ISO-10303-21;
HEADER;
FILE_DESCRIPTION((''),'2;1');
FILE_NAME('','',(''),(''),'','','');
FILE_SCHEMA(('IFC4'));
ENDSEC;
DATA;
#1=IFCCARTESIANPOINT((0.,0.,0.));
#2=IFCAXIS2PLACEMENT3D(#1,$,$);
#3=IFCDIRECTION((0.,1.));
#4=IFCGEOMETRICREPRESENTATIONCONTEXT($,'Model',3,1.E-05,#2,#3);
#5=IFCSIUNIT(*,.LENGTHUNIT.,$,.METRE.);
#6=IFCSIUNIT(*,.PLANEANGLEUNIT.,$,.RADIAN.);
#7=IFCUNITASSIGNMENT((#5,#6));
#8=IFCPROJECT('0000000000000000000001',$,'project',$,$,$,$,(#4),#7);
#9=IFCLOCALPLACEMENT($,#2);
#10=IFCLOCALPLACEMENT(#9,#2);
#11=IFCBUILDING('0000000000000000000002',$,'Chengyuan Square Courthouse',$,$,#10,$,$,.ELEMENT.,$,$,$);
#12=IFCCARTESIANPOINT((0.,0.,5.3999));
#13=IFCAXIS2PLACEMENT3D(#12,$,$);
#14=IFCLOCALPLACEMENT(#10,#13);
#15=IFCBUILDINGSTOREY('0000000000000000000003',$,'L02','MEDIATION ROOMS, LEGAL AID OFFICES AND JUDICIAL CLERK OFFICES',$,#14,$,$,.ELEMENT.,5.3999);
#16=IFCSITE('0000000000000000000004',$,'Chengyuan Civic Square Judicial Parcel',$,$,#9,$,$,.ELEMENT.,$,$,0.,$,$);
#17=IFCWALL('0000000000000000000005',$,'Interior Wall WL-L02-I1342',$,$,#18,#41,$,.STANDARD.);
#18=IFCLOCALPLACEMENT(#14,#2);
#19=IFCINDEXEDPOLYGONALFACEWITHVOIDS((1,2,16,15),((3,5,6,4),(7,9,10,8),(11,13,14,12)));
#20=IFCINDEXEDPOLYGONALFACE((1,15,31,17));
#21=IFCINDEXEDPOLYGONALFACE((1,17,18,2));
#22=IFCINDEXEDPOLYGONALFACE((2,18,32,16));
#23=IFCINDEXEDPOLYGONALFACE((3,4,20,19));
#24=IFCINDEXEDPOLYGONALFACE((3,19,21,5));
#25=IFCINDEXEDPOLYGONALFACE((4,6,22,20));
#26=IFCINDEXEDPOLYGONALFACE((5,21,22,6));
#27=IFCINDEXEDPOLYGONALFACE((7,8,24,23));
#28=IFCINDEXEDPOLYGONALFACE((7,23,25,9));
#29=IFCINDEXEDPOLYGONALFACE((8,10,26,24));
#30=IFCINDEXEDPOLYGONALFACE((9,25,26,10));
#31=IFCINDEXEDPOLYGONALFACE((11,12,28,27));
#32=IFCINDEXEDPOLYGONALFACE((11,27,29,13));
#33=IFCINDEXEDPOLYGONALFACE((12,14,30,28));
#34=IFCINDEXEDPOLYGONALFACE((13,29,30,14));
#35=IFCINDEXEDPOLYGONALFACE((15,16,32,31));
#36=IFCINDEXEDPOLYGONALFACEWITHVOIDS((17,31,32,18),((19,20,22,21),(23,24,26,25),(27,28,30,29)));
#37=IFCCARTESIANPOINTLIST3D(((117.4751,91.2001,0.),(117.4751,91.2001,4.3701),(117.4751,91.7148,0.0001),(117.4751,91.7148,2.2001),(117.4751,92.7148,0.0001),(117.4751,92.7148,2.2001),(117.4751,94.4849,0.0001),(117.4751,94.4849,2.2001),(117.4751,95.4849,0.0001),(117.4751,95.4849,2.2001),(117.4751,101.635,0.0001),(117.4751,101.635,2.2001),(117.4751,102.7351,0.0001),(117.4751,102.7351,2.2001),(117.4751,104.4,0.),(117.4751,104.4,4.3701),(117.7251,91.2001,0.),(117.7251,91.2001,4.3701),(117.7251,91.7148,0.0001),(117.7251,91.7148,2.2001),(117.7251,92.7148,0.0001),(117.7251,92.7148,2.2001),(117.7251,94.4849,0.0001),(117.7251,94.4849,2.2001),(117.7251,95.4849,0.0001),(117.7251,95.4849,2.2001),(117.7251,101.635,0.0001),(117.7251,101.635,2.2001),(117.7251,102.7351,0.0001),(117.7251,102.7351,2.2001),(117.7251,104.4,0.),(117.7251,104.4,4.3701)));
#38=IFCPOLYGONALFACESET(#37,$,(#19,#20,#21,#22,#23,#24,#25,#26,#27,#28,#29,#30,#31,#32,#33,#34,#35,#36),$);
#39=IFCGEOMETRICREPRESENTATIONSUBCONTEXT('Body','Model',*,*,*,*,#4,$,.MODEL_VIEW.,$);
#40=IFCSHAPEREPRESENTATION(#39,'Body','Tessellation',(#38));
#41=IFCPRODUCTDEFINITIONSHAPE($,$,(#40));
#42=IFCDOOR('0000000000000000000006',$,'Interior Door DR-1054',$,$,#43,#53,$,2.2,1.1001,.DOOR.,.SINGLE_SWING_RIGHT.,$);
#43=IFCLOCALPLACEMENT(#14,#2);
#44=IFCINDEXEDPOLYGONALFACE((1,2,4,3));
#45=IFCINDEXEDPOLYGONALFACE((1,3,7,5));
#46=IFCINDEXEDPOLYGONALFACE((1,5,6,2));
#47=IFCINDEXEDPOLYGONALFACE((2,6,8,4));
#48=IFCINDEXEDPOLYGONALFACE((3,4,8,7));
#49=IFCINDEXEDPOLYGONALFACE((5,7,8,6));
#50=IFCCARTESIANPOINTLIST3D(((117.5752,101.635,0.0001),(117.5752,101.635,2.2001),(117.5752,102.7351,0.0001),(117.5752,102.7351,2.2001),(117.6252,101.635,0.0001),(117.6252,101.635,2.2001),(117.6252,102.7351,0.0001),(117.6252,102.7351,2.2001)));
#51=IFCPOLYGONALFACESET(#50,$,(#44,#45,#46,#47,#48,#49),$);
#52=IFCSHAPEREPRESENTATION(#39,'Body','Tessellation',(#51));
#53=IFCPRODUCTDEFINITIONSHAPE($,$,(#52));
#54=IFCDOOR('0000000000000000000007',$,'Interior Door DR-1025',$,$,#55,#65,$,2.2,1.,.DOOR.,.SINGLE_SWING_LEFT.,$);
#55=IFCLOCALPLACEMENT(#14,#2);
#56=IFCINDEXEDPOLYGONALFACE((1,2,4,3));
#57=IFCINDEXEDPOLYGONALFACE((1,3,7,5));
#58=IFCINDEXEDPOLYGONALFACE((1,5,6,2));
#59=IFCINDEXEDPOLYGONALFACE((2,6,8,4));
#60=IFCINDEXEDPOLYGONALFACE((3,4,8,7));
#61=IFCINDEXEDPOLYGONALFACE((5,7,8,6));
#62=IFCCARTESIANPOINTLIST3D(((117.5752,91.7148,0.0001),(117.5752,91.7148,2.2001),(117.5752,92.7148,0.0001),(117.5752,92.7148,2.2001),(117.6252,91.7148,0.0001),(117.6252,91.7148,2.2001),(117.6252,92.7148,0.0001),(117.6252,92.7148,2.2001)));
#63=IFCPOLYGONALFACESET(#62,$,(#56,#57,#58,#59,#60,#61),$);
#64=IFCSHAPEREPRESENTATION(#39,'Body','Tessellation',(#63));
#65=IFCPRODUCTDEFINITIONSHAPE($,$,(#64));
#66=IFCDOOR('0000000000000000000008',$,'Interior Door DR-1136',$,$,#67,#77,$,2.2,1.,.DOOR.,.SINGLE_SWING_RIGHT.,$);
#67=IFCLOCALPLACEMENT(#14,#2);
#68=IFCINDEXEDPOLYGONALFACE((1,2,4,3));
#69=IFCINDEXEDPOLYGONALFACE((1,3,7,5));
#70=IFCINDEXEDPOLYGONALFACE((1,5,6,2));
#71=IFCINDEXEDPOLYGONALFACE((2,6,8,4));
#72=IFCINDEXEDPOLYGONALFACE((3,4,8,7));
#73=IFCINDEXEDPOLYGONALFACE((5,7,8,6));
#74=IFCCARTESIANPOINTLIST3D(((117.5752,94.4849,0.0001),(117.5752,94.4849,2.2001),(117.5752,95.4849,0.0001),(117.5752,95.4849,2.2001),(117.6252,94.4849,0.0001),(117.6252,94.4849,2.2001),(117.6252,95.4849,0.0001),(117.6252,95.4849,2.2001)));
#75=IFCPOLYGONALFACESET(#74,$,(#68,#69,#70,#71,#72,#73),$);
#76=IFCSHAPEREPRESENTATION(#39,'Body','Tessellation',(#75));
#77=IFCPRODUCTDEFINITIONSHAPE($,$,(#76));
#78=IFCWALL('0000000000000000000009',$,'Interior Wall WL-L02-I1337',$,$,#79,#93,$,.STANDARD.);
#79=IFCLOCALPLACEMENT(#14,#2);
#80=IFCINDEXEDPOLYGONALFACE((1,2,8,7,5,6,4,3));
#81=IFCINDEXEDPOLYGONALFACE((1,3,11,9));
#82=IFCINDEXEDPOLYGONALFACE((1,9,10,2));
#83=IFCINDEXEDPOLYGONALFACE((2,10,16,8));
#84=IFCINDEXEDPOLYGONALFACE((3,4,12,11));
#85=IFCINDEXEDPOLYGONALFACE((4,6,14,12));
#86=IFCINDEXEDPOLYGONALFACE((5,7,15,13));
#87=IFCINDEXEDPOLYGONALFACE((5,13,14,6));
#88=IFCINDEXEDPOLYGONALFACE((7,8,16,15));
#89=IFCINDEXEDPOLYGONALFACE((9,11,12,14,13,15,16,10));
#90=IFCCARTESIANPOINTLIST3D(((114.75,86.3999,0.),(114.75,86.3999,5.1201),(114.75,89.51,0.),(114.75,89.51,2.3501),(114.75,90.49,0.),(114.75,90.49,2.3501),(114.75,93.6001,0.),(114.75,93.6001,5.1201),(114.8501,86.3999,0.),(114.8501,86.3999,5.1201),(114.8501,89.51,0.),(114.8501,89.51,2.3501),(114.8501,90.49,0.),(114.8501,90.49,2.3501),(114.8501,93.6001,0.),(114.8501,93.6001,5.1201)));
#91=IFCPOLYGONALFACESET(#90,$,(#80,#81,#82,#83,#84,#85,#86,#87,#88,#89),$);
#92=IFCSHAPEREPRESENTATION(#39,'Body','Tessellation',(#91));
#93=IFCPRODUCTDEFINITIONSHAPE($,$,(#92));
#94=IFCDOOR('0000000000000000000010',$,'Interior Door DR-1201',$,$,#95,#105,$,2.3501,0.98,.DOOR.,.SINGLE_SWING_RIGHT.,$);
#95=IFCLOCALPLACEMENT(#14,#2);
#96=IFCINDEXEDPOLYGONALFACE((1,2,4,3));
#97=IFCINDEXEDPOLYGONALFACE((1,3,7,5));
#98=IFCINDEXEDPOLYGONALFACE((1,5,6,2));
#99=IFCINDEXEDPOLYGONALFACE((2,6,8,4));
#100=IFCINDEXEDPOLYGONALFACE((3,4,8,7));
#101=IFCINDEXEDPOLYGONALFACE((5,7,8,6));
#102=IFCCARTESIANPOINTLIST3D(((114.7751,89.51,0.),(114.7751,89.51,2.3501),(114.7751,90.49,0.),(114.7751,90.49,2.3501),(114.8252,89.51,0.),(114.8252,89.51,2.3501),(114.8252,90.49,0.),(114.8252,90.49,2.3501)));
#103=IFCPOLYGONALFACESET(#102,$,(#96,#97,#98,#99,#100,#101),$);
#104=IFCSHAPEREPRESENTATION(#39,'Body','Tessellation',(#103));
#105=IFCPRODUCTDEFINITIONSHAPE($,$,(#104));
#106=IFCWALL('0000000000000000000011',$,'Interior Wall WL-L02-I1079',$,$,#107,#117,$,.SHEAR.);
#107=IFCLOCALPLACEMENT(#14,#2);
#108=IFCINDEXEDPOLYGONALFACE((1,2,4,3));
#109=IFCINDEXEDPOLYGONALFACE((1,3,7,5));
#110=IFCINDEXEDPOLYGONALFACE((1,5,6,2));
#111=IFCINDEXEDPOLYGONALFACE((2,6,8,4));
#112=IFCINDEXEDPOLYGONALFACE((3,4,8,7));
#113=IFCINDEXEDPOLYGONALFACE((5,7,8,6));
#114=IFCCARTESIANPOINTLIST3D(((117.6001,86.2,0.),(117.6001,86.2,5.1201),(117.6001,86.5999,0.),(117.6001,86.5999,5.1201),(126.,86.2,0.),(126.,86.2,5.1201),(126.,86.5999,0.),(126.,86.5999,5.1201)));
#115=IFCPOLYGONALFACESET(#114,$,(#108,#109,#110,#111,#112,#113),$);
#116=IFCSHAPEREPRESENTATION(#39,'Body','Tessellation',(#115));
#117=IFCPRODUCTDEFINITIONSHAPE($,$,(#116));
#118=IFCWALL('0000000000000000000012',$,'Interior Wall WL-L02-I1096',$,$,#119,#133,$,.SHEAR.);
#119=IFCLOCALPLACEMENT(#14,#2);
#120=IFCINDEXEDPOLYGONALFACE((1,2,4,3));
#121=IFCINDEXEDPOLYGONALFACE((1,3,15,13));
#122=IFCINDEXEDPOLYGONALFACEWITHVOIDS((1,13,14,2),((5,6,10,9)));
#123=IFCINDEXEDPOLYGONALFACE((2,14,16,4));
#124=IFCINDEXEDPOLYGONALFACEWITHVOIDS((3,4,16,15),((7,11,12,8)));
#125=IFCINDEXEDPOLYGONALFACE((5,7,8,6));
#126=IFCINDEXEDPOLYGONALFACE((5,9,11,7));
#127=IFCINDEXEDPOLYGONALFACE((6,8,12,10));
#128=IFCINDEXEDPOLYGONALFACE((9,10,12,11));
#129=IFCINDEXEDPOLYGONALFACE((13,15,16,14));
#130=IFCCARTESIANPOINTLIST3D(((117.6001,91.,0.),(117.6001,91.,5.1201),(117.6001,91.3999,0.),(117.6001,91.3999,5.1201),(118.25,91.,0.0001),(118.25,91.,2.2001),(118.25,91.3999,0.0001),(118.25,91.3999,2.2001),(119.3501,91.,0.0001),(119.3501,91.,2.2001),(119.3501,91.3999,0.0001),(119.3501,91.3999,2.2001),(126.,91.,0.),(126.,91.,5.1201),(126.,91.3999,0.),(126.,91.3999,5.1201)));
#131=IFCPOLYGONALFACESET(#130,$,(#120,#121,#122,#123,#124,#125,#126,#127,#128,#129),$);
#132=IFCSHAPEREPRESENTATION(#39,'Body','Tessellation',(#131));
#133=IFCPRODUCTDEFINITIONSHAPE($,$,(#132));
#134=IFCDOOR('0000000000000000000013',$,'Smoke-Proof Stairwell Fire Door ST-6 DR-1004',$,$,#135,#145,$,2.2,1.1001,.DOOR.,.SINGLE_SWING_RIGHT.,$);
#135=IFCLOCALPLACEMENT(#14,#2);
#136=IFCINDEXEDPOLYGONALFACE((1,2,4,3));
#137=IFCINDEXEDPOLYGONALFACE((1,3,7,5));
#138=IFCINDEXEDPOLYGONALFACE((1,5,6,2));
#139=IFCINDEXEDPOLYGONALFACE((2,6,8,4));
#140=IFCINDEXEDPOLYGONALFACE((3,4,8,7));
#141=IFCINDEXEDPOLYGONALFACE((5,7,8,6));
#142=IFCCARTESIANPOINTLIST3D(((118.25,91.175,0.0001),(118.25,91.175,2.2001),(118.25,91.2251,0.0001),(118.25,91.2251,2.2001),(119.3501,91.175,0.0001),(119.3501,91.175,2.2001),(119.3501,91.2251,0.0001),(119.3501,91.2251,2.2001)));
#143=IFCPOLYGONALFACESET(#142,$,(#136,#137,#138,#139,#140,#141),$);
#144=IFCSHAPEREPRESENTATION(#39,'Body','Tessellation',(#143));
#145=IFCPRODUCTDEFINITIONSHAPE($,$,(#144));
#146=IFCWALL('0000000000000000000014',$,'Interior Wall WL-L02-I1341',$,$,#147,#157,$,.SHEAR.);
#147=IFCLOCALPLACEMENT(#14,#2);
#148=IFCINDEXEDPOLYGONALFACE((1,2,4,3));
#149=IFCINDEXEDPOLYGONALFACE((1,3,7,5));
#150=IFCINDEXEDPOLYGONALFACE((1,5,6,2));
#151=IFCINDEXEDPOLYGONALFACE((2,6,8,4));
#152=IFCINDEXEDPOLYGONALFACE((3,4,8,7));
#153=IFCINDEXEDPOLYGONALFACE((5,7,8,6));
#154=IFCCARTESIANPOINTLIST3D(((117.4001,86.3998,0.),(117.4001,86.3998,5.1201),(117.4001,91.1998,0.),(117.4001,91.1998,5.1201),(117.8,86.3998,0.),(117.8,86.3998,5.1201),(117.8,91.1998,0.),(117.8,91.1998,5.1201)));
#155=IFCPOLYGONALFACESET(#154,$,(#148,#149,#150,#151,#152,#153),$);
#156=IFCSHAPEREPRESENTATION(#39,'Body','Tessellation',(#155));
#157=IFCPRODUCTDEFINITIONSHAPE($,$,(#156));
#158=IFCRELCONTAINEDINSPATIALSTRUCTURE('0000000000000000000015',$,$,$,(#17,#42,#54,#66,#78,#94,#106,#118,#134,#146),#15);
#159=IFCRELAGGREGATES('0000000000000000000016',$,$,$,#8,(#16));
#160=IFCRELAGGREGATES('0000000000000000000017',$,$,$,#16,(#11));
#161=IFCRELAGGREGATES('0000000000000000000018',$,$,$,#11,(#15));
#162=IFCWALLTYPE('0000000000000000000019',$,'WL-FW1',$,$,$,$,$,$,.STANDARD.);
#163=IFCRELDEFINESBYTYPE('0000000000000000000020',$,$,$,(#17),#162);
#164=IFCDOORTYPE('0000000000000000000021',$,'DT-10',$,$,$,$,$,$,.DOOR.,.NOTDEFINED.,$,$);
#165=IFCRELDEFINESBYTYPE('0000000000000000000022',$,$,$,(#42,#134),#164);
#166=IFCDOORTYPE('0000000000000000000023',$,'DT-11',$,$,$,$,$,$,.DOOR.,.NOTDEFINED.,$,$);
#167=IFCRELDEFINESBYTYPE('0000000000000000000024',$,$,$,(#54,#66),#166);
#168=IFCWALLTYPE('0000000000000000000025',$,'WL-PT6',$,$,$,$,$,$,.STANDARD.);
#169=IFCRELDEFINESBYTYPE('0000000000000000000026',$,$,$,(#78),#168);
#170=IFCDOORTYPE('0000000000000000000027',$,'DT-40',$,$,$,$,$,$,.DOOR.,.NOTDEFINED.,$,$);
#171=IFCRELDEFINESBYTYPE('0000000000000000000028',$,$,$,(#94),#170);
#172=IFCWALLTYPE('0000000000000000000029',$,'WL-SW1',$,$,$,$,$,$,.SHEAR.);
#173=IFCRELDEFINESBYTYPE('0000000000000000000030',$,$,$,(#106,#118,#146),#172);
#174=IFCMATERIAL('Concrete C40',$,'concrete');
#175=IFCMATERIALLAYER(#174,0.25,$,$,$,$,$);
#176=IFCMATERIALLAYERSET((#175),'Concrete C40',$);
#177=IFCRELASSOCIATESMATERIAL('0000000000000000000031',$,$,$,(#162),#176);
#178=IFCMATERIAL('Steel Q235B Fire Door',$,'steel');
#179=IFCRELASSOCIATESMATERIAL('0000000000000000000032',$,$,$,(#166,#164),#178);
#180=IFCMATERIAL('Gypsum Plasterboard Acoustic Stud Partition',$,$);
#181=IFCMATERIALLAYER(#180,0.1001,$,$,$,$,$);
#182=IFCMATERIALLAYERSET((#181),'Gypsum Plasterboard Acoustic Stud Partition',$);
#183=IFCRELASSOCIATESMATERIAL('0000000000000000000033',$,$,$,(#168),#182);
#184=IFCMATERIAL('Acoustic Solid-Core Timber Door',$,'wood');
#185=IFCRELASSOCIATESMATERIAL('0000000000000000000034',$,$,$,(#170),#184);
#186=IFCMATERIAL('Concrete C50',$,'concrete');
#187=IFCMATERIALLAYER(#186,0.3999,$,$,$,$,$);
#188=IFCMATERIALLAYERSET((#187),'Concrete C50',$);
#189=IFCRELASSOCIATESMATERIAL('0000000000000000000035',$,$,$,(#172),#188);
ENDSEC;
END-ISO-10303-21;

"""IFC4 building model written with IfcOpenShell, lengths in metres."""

from ifc_helpers import new_model, si_unit, direction, frame, frame_2d, origin, place, context, subcontext, project, spatial, rectangle, extrude, material, layer, layer_set, type_object, element, fill, save


model = new_model("IFC4")

# Units and contexts
model_context = context("Model", 3, precision=1e-05, world=origin(), true_north=direction((0.0, 1.0)))
body_context = subcontext(model_context, "Body", "Model", "MODEL_VIEW")
ifc_project = project(units=[si_unit("LENGTHUNIT", "METRE"), si_unit("PLANEANGLEUNIT", "RADIAN")], contexts=[model_context])

# Site, building, storey
site_placement = place(None, origin())
site = spatial("IfcSite", under=ifc_project, at=site_placement, Name="Chengyuan Civic Square Judicial Parcel", CompositionType="ELEMENT", RefElevation=0.0)
building_placement = place(site_placement, origin())
building = spatial("IfcBuilding", under=site, at=building_placement, Name="Chengyuan Square Courthouse", CompositionType="ELEMENT")
storey_placement = place(building_placement, frame((0.0, 0.0, 5.3999)))
storey = spatial("IfcBuildingStorey", under=building, at=storey_placement, Name="L02", Description="MEDIATION ROOMS, LEGAL AID OFFICES AND JUDICIAL CLERK OFFICES", CompositionType="ELEMENT", Elevation=5.3999)

# Shared definitions
ifc_material_1 = material(Name="Concrete C50", Category="concrete")

# Shared definitions
ifc_material_2 = material(Name="Concrete C40", Category="concrete")

# Shared definitions
ifc_layer_1 = layer(ifc_material_2, 0.25)
ifc_layer_set_1 = layer_set([ifc_layer_1], Name="Concrete C40")
wall_type_1 = type_object("IfcWallType", Name="WL-FW1", PredefinedType="STANDARD", material=ifc_layer_set_1)
ifc_material_3 = material(Name="Steel Q235B Fire Door", Category="steel")
door_type_1 = type_object("IfcDoorType", Name="DT-11", OperationType="NOTDEFINED", PredefinedType="DOOR", material=ifc_material_3)

# Wall, openings, doors
wall_1_placement = place(storey_placement, frame((117.6001, 91.2, 0.0), z_axis=(0.0, 0.0, 1.0), x_axis=(0.0, 1.0, 0.0)))
wall_1 = element("IfcWall", 1, at=wall_1_placement, inside=storey, type_object=wall_type_1, Name="Interior Wall WL-L02-I1342", PredefinedType="STANDARD", context=body_context, shape_type="SweptSolid", body=[
    extrude(rectangle(XDim=13.2, YDim=0.25, at=frame_2d((6.6001, 0.0))), origin(), (0.0, 0.0, 1.0), 4.3701),
])
opening_1_placement = place(wall_1_placement, frame((0.5149, 0.0, 0.0)))
opening_1 = element("IfcOpeningElement", 2, at=opening_1_placement, cuts=wall_1, PredefinedType="OPENING", context=body_context, shape_type="SweptSolid", body=[
    extrude(rectangle(XDim=1.0, YDim=2.2, at=frame_2d((0.5, 1.1001))), frame((0.0, 0.137, 0.0), z_axis=(0.0, -1.0, 0.0), x_axis=(1.0, 0.0, 0.0)), (0.0, 0.0, 1.0), 0.2739),
])
opening_2_placement = place(wall_1_placement, frame((10.4351, 0.0, 0.0)))
opening_2 = element("IfcOpeningElement", 3, at=opening_2_placement, cuts=wall_1, PredefinedType="OPENING", context=body_context, shape_type="SweptSolid", body=[
    extrude(rectangle(XDim=1.1001, YDim=2.2, at=frame_2d((0.55, 1.1001))), frame((0.0, 0.137, 0.0), z_axis=(0.0, -1.0, 0.0), x_axis=(1.0, 0.0, 0.0)), (0.0, 0.0, 1.0), 0.2739),
])
opening_3_placement = place(wall_1_placement, frame((3.2849, 0.0, 0.0)))
opening_3 = element("IfcOpeningElement", 4, at=opening_3_placement, cuts=wall_1, PredefinedType="OPENING", context=body_context, shape_type="SweptSolid", body=[
    extrude(rectangle(XDim=1.0, YDim=2.2, at=frame_2d((0.5, 1.1001))), frame((0.0, 0.137, 0.0), z_axis=(0.0, -1.0, 0.0), x_axis=(1.0, 0.0, 0.0)), (0.0, 0.0, 1.0), 0.2739),
])
door_type_2 = type_object("IfcDoorType", Name="DT-10", OperationType="NOTDEFINED", PredefinedType="DOOR", material=ifc_material_3)
door_1_placement = place(opening_2_placement, origin())
door_1 = element("IfcDoor", 5, at=door_1_placement, inside=storey, type_object=door_type_2, Name="Interior Door DR-1054", OperationType="SINGLE_SWING_RIGHT", OverallHeight=2.2, OverallWidth=1.1001, PredefinedType="DOOR", context=body_context, shape_type="SweptSolid", body=[
    extrude(rectangle(XDim=1.1001, YDim=2.2, at=frame_2d((0.55, 1.1001))), frame((0.0, 0.0249, 0.0), z_axis=(0.0, -1.0, 0.0), x_axis=(1.0, 0.0, 0.0)), (0.0, 0.0, 1.0), 0.05),
])
fill(opening_2, door_1)
door_2_placement = place(opening_1_placement, origin())
door_2 = element("IfcDoor", 6, at=door_2_placement, inside=storey, type_object=door_type_1, Name="Interior Door DR-1025", OperationType="SINGLE_SWING_LEFT", OverallHeight=2.2, OverallWidth=1.0, PredefinedType="DOOR", context=body_context, shape_type="SweptSolid", body=[
    extrude(rectangle(XDim=1.0, YDim=2.2, at=frame_2d((0.5, 1.1001))), frame((0.0, 0.0249, 0.0), z_axis=(0.0, -1.0, 0.0), x_axis=(1.0, 0.0, 0.0)), (0.0, 0.0, 1.0), 0.05),
])
fill(opening_1, door_2)
door_3_placement = place(opening_3_placement, origin())
door_3 = element("IfcDoor", 7, at=door_3_placement, inside=storey, type_object=door_type_1, Name="Interior Door DR-1136", OperationType="SINGLE_SWING_RIGHT", OverallHeight=2.2, OverallWidth=1.0, PredefinedType="DOOR", context=body_context, shape_type="SweptSolid", body=[
    extrude(rectangle(XDim=1.0, YDim=2.2, at=frame_2d((0.5, 1.1001))), frame((0.0, 0.0249, 0.0), z_axis=(0.0, -1.0, 0.0), x_axis=(1.0, 0.0, 0.0)), (0.0, 0.0, 1.0), 0.05),
])
fill(opening_3, door_3)

# Wall, opening, door
ifc_material_4 = material(Name="Gypsum Plasterboard Acoustic Stud Partition")
ifc_layer_2 = layer(ifc_material_4, 0.1001)
ifc_layer_set_2 = layer_set([ifc_layer_2], Name="Gypsum Plasterboard Acoustic Stud Partition")
wall_type_2 = type_object("IfcWallType", Name="WL-PT6", PredefinedType="STANDARD", material=ifc_layer_set_2)
wall_2_placement = place(storey_placement, frame((114.8, 86.3999, 0.0), z_axis=(0.0, 0.0, 1.0), x_axis=(0.0, 1.0, 0.0)))
wall_2 = element("IfcWall", 8, at=wall_2_placement, inside=storey, type_object=wall_type_2, Name="Interior Wall WL-L02-I1337", PredefinedType="STANDARD", context=body_context, shape_type="SweptSolid", body=[
    extrude(rectangle(XDim=7.2002, YDim=0.1001, at=frame_2d((3.6001, 0.0))), origin(), (0.0, 0.0, 1.0), 5.1201),
])
opening_4_placement = place(wall_2_placement, frame((3.1101, 0.0, 0.0)))
opening_4 = element("IfcOpeningElement", 9, at=opening_4_placement, cuts=wall_2, PredefinedType="OPENING", context=body_context, shape_type="SweptSolid", body=[
    extrude(rectangle(XDim=0.98, YDim=2.3501, at=frame_2d((0.49, 1.175))), frame((0.0, 0.062, 0.0), z_axis=(0.0, -1.0, 0.0), x_axis=(1.0, 0.0, 0.0)), (0.0, 0.0, 1.0), 0.124),
])
ifc_material_5 = material(Name="Acoustic Solid-Core Timber Door", Category="wood")
door_type_3 = type_object("IfcDoorType", Name="DT-40", OperationType="NOTDEFINED", PredefinedType="DOOR", material=ifc_material_5)
door_4_placement = place(opening_4_placement, origin())
door_4 = element("IfcDoor", 10, at=door_4_placement, inside=storey, type_object=door_type_3, Name="Interior Door DR-1201", OperationType="SINGLE_SWING_RIGHT", OverallHeight=2.3501, OverallWidth=0.98, PredefinedType="DOOR", context=body_context, shape_type="SweptSolid", body=[
    extrude(rectangle(XDim=0.98, YDim=2.3501, at=frame_2d((0.49, 1.175))), frame((0.0, 0.0249, 0.0), z_axis=(0.0, -1.0, 0.0), x_axis=(1.0, 0.0, 0.0)), (0.0, 0.0, 1.0), 0.05),
])
fill(opening_4, door_4)

# Wall
ifc_layer_3 = layer(ifc_material_1, 0.3999)
ifc_layer_set_3 = layer_set([ifc_layer_3], Name="Concrete C50")
wall_type_3 = type_object("IfcWallType", Name="WL-SW1", PredefinedType="SHEAR", material=ifc_layer_set_3)
wall_3_placement = place(storey_placement, frame((117.6001, 86.3999, 0.0), z_axis=(0.0, 0.0, 1.0), x_axis=(1.0, 0.0, 0.0)))
element("IfcWall", 11, at=wall_3_placement, inside=storey, type_object=wall_type_3, Name="Interior Wall WL-L02-I1079", PredefinedType="SHEAR", context=body_context, shape_type="SweptSolid", body=[
    extrude(rectangle(XDim=8.3999, YDim=0.3999, at=frame_2d((4.2, 0.0))), origin(), (0.0, 0.0, 1.0), 5.1201),
])

# Wall, opening, door
wall_4_placement = place(storey_placement, frame((117.6001, 91.2, 0.0), z_axis=(0.0, 0.0, 1.0), x_axis=(1.0, 0.0, 0.0)))
wall_4 = element("IfcWall", 12, at=wall_4_placement, inside=storey, type_object=wall_type_3, Name="Interior Wall WL-L02-I1096", PredefinedType="SHEAR", context=body_context, shape_type="SweptSolid", body=[
    extrude(rectangle(XDim=8.3999, YDim=0.3999, at=frame_2d((4.2, 0.0))), origin(), (0.0, 0.0, 1.0), 5.1201),
])
opening_5_placement = place(wall_4_placement, frame((0.6499, 0.0, 0.0)))
opening_5 = element("IfcOpeningElement", 13, at=opening_5_placement, cuts=wall_4, PredefinedType="OPENING", context=body_context, shape_type="SweptSolid", body=[
    extrude(rectangle(XDim=1.1001, YDim=2.2, at=frame_2d((0.55, 1.1001))), frame((0.0, 0.2119, 0.0), z_axis=(0.0, -1.0, 0.0), x_axis=(1.0, 0.0, 0.0)), (0.0, 0.0, 1.0), 0.4238),
])
door_5_placement = place(opening_5_placement, frame((1.1001, 0.0, 0.0), z_axis=(0.0, 0.0, 1.0), x_axis=(-1.0, 0.0, 0.0)))
door_5 = element("IfcDoor", 14, at=door_5_placement, inside=storey, type_object=door_type_2, Name="Smoke-Proof Stairwell Fire Door ST-6 DR-1004", OperationType="SINGLE_SWING_RIGHT", OverallHeight=2.2, OverallWidth=1.1001, PredefinedType="DOOR", context=body_context, shape_type="SweptSolid", body=[
    extrude(rectangle(XDim=1.1001, YDim=2.2, at=frame_2d((0.55, 1.1001))), frame((0.0, 0.0249, 0.0), z_axis=(0.0, -1.0, 0.0), x_axis=(1.0, 0.0, 0.0)), (0.0, 0.0, 1.0), 0.05),
])
fill(opening_5, door_5)

# Wall
wall_5_placement = place(storey_placement, frame((117.6001, 86.3999, 0.0), z_axis=(0.0, 0.0, 1.0), x_axis=(0.0, 1.0, 0.0)))
element("IfcWall", 15, at=wall_5_placement, inside=storey, type_object=wall_type_3, Name="Interior Wall WL-L02-I1341", PredefinedType="SHEAR", context=body_context, shape_type="SweptSolid", body=[
    extrude(rectangle(XDim=4.8, YDim=0.3999, at=frame_2d((2.3999, 0.0))), origin(), (0.0, 0.0, 1.0), 5.1201),
])

save(model, "model.ifc")
